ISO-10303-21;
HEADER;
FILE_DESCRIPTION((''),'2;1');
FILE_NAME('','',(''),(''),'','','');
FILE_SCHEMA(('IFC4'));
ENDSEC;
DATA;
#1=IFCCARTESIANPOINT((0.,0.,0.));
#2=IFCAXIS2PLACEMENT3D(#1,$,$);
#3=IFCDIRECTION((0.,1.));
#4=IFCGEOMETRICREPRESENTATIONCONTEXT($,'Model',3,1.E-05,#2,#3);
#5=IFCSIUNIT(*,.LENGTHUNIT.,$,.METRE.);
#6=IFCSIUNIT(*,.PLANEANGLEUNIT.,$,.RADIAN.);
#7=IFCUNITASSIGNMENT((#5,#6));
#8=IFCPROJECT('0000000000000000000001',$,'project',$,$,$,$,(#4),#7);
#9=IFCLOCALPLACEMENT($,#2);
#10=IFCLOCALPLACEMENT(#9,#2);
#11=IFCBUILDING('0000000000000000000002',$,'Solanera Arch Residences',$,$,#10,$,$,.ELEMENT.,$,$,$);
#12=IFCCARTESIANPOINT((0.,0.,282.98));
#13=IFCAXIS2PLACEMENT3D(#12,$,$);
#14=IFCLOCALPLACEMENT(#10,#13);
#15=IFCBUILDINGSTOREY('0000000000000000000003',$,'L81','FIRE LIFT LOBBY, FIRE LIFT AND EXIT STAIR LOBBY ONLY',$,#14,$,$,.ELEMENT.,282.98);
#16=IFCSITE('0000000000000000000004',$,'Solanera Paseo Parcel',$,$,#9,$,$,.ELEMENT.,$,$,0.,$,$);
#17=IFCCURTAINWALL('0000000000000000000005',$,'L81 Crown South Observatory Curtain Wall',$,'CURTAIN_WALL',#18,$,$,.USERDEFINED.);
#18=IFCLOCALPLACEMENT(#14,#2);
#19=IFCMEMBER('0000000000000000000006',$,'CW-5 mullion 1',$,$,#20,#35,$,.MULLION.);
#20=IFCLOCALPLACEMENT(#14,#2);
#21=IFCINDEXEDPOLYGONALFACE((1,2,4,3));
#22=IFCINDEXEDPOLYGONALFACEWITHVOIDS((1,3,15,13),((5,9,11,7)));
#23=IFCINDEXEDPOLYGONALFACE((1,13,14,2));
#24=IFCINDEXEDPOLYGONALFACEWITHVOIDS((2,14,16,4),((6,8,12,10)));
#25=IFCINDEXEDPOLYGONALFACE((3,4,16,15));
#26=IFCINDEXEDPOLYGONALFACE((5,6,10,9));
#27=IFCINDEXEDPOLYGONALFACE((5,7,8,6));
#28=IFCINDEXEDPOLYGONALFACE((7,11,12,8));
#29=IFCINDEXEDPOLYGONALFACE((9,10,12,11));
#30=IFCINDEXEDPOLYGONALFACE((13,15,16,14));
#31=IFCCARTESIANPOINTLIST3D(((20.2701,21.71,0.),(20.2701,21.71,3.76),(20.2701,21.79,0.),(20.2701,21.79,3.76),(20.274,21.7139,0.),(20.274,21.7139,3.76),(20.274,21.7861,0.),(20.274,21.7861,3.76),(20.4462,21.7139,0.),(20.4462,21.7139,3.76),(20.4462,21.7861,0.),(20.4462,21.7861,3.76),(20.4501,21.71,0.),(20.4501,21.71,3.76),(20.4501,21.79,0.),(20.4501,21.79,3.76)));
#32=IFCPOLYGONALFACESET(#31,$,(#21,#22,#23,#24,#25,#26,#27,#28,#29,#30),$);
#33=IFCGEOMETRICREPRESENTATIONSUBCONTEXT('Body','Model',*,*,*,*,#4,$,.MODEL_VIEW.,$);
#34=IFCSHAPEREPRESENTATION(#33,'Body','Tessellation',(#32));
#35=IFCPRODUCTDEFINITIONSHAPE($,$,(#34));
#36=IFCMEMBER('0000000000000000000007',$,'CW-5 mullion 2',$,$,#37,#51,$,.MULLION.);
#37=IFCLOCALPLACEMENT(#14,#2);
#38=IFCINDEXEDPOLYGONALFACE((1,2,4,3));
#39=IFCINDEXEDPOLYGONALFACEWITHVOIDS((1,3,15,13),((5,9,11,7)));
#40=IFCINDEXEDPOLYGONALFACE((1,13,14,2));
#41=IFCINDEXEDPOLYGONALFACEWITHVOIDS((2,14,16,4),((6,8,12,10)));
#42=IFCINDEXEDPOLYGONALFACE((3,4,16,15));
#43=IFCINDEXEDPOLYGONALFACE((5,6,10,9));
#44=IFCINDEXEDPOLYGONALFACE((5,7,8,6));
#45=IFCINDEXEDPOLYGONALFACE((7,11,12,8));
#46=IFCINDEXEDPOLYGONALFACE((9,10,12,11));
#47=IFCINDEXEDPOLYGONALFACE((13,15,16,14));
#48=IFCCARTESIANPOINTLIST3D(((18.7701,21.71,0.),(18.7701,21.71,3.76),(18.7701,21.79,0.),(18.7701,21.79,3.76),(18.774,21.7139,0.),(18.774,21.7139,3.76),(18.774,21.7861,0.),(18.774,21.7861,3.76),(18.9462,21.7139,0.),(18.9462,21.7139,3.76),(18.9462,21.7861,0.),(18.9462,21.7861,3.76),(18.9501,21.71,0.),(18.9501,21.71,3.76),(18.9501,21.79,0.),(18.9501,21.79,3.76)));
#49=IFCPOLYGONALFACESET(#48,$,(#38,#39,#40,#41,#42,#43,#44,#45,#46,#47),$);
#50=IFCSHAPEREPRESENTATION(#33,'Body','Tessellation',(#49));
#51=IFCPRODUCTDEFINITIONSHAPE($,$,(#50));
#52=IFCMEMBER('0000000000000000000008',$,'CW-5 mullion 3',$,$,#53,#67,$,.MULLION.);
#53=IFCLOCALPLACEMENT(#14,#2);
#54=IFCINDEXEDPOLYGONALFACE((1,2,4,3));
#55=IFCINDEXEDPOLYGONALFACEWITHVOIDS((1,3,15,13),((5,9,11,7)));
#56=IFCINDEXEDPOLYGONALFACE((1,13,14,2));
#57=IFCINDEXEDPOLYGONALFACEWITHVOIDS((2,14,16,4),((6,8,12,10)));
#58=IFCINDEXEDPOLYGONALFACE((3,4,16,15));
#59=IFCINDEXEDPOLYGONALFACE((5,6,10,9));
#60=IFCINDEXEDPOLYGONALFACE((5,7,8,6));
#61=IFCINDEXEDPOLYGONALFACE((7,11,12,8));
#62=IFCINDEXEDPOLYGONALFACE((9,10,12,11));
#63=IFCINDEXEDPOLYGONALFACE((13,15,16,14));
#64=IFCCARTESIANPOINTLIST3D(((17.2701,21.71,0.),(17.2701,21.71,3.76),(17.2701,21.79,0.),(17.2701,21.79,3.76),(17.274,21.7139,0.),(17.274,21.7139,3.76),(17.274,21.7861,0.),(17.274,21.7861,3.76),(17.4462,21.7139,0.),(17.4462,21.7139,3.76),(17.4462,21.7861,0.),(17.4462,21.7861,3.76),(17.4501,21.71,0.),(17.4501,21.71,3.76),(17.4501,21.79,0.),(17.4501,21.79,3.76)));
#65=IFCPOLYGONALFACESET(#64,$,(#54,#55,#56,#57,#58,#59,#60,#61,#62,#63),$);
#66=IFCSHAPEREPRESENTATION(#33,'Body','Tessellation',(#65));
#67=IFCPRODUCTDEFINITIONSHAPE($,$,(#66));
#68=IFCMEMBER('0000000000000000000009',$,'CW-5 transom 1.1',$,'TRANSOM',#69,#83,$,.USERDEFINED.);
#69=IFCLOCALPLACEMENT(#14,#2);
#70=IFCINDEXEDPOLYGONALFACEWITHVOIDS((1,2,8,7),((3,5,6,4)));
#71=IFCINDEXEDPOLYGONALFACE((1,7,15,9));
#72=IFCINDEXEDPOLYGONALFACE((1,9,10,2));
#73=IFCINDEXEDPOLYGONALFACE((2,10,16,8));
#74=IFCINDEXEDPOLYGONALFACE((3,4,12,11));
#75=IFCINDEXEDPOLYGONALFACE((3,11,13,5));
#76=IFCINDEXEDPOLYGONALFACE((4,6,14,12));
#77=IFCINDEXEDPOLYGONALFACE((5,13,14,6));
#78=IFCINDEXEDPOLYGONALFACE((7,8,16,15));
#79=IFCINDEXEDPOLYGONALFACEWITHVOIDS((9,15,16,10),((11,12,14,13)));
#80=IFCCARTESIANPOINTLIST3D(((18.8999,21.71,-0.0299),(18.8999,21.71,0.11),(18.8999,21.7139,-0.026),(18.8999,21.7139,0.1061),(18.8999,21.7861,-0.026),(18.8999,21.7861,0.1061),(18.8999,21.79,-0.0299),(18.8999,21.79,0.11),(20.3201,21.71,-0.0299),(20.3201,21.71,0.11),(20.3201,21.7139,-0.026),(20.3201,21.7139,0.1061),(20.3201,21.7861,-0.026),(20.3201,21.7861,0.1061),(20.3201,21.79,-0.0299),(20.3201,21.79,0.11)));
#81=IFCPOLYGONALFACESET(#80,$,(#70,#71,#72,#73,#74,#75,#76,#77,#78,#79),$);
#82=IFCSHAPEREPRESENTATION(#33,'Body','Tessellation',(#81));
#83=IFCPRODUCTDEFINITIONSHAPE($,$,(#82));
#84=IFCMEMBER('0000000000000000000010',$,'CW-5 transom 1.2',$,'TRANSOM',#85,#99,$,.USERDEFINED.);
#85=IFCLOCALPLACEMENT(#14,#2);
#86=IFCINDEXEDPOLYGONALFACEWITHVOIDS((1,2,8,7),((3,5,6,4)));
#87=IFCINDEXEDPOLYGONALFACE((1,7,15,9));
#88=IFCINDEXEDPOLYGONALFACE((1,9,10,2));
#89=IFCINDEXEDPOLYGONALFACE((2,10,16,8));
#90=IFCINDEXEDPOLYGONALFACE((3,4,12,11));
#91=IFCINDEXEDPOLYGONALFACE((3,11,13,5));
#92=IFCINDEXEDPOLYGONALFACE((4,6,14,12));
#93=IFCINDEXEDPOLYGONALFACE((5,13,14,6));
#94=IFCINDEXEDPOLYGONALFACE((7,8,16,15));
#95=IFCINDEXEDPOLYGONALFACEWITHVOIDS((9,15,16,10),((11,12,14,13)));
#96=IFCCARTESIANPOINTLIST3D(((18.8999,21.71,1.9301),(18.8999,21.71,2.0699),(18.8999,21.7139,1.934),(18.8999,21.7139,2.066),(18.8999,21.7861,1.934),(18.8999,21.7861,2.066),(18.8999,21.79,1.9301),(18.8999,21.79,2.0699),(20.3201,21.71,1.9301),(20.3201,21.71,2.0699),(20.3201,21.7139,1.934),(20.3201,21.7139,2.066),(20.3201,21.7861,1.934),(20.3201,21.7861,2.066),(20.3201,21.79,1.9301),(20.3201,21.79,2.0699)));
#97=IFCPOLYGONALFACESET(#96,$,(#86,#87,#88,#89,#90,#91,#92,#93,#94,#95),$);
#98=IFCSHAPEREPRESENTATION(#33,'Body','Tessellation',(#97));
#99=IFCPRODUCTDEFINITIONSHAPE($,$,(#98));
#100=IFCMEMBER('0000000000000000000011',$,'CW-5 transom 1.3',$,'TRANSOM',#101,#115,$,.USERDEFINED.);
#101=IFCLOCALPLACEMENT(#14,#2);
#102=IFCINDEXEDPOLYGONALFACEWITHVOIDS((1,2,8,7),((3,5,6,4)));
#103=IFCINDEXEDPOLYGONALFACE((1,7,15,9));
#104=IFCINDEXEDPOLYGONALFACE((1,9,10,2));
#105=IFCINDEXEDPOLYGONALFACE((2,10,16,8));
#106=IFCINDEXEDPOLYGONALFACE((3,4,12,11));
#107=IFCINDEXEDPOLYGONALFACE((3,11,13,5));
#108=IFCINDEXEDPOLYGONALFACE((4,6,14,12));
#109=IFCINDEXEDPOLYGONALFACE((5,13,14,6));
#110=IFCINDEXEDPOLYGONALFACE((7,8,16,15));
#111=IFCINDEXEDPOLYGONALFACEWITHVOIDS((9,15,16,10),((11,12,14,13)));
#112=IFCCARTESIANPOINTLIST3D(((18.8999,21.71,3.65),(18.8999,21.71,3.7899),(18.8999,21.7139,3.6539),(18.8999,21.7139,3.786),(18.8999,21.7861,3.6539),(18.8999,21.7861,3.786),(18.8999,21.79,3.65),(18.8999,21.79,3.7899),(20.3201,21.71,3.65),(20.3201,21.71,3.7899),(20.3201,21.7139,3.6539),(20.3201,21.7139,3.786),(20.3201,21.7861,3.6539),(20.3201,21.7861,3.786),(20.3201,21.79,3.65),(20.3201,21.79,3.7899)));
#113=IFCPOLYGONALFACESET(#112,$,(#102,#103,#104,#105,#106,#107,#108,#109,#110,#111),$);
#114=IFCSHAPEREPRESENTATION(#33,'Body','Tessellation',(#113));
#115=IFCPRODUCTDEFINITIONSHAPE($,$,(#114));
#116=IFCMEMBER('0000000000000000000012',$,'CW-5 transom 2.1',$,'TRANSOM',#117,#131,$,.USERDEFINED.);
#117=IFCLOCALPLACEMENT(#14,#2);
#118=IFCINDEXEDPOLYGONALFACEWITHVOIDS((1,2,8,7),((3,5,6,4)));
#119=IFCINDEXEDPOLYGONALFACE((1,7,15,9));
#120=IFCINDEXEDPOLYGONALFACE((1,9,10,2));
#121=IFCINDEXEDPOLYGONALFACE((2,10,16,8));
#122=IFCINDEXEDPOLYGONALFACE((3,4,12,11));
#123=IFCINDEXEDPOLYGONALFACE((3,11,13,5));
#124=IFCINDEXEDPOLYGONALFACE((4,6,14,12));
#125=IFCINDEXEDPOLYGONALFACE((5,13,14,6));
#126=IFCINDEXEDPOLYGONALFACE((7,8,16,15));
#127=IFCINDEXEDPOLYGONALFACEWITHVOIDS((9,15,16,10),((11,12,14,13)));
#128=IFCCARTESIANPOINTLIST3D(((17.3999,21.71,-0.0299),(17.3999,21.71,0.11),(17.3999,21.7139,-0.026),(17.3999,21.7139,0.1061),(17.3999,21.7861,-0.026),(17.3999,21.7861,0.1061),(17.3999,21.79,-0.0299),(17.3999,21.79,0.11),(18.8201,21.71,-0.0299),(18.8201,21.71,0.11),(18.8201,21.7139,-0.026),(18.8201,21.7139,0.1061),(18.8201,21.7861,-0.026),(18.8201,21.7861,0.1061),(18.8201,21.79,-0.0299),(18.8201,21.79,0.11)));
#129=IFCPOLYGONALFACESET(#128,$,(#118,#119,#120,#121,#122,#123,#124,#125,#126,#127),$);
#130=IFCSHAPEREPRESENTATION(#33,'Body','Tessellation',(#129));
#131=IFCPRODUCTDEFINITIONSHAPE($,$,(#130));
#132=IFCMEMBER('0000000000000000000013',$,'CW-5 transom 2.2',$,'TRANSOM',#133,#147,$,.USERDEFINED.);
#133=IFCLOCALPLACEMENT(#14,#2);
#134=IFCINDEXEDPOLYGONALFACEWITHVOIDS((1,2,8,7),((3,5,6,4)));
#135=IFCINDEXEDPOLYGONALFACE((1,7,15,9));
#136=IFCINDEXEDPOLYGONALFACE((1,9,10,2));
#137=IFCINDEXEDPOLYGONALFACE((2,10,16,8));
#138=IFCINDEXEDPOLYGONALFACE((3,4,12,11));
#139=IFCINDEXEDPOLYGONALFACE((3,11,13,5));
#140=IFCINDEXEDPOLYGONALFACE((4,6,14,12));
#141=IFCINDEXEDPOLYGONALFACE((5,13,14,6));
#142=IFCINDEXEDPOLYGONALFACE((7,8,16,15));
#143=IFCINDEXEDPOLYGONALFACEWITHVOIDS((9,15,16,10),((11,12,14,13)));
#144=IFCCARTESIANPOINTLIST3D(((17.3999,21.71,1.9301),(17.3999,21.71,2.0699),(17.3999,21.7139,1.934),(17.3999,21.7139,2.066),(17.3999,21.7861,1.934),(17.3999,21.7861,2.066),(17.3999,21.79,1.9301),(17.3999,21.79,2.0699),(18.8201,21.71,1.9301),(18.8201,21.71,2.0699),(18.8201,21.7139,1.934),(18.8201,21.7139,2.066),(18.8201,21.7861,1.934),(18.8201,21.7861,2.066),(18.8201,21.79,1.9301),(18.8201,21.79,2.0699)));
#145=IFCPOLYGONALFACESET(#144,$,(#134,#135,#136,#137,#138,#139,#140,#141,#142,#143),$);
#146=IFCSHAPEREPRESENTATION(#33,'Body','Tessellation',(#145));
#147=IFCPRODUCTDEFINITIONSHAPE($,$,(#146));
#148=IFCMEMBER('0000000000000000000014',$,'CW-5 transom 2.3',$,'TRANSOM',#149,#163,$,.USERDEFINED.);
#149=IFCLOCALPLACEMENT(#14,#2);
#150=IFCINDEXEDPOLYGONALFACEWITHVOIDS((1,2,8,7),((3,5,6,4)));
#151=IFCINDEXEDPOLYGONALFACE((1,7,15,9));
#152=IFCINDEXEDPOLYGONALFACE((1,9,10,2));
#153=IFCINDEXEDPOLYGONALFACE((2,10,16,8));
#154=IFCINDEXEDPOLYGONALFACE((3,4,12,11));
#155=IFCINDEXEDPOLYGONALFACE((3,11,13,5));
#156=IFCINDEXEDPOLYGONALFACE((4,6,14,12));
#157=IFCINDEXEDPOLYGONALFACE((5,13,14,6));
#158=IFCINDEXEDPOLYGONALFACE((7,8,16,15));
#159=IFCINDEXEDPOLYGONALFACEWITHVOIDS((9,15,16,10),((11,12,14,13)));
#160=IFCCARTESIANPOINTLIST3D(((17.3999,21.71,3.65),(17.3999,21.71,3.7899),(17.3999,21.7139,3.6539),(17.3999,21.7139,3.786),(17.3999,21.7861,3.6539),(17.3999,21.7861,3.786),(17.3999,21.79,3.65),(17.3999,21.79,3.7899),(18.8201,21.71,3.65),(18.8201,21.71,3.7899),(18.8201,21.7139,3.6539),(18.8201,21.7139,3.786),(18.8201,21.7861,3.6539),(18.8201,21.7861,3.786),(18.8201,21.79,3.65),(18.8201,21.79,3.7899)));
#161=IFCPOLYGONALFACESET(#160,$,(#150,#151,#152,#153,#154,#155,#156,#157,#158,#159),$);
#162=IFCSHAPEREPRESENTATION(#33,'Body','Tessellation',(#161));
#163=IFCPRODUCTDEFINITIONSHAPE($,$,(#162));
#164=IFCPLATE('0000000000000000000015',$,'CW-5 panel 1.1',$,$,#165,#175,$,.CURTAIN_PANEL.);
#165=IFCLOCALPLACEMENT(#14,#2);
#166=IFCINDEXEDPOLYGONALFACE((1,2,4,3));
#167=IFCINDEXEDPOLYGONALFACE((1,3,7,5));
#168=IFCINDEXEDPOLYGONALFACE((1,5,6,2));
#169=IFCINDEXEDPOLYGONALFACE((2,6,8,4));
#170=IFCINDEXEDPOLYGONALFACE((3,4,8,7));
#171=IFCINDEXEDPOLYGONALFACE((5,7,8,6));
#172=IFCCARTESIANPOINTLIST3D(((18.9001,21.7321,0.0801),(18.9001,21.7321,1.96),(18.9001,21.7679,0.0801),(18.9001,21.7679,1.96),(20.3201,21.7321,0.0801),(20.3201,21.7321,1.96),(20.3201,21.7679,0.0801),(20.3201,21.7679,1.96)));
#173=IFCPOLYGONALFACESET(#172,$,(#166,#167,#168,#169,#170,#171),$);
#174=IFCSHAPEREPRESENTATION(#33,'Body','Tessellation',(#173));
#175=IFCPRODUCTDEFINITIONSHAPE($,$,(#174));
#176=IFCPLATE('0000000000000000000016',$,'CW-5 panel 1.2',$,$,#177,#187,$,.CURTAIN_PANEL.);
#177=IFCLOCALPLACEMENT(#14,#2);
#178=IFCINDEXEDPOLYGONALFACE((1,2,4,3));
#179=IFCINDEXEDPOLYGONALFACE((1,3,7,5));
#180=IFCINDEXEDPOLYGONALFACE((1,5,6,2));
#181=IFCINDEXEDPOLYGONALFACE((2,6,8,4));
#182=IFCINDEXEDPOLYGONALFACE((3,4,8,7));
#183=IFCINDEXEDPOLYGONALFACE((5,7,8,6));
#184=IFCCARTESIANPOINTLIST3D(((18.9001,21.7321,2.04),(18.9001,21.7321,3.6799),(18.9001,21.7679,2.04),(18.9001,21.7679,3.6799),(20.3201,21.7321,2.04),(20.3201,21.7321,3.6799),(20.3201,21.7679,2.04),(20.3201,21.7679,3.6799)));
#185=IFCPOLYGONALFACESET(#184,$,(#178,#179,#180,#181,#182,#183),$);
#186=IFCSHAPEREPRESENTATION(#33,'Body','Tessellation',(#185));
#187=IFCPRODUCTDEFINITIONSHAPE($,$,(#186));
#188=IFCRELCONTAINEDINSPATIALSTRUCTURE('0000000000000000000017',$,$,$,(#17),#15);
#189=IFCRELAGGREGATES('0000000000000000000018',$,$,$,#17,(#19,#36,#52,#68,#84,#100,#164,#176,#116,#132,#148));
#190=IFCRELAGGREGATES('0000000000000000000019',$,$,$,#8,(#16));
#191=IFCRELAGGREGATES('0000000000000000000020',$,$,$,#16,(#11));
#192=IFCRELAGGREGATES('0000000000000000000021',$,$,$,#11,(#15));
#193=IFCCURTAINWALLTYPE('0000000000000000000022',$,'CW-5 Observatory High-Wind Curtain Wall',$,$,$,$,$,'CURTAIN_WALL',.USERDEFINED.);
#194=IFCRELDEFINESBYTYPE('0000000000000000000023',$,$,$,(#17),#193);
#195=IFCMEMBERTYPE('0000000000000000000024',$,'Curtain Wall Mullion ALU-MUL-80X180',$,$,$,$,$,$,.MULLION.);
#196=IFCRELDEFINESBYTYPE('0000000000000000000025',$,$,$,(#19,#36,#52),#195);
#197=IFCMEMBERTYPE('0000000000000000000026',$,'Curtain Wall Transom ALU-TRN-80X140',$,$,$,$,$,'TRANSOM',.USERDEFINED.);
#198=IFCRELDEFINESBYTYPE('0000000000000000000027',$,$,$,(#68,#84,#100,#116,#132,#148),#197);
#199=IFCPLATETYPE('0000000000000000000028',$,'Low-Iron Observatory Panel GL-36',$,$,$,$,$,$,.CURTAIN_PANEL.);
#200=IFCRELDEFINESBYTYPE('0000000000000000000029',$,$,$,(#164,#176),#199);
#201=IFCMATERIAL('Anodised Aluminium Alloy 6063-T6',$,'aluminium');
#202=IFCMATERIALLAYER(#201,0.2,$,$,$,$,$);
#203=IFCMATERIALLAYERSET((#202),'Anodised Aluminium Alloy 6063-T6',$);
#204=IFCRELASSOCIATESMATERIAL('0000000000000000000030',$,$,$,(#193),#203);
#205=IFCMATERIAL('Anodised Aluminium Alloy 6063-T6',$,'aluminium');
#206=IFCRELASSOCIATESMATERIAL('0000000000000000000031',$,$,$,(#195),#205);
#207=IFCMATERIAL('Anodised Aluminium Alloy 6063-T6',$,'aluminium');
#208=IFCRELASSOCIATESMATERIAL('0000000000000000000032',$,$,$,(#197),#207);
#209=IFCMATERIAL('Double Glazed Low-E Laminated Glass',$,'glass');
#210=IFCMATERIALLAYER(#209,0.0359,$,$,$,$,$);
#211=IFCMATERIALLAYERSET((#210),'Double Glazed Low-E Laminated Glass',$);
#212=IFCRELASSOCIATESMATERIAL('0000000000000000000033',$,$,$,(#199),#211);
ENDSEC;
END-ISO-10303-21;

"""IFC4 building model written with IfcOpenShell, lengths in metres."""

from ifc_helpers import new_model, si_unit, direction, frame, origin, origin_2d, place, context, subcontext, project, spatial, rectangle, hollow_rectangle, extrude, material, layer, layer_set, material_profile, profile_set, type_object, element, aggregate, save


model = new_model("IFC4")

# Units and contexts
model_context = context("Model", 3, precision=1e-05, world=origin(), true_north=direction((0.0, 1.0)))
body_context = subcontext(model_context, "Body", "Model", "MODEL_VIEW")
ifc_project = project(units=[si_unit("LENGTHUNIT", "METRE"), si_unit("PLANEANGLEUNIT", "RADIAN")], contexts=[model_context])

# Site, building, storey
site_placement = place(None, origin())
site = spatial("IfcSite", under=ifc_project, at=site_placement, Name="Solanera Paseo Parcel", CompositionType="ELEMENT", RefElevation=0.0)
building_placement = place(site_placement, origin())
building = spatial("IfcBuilding", under=site, at=building_placement, Name="Solanera Arch Residences", CompositionType="ELEMENT")
storey_placement = place(building_placement, frame((0.0, 0.0, 282.98)))
storey = spatial("IfcBuildingStorey", under=building, at=storey_placement, Name="L81", Description="FIRE LIFT LOBBY, FIRE LIFT AND EXIT STAIR LOBBY ONLY", CompositionType="ELEMENT", Elevation=282.98)

# Curtain wall, members, plates
ifc_material_1 = material(Name="Anodised Aluminium Alloy 6063-T6", Category="aluminium")
ifc_layer_1 = layer(ifc_material_1, 0.2)
ifc_layer_set_1 = layer_set([ifc_layer_1], Name="Anodised Aluminium Alloy 6063-T6")
curtain_wall_type = type_object("IfcCurtainWallType", Name="CW-5 Observatory High-Wind Curtain Wall", ElementType="CURTAIN_WALL", PredefinedType="USERDEFINED", material=ifc_layer_set_1)
curtain_wall_placement = place(storey_placement, origin())
curtain_wall = element("IfcCurtainWall", 1, at=curtain_wall_placement, inside=storey, type_object=curtain_wall_type, Name="L81 Crown South Observatory Curtain Wall", ObjectType="CURTAIN_WALL", PredefinedType="USERDEFINED")
ifc_material_2 = material(Name="Anodised Aluminium Alloy 6063-T6", Category="aluminium")
ifc_material_profile_1 = material_profile(ifc_material_2, hollow_rectangle(XDim=0.0801, YDim=0.1799, WallThickness=0.0039, at=origin_2d()))
ifc_profile_set_1 = profile_set([ifc_material_profile_1], Name="Anodised Aluminium Alloy 6063-T6")
member_type_1 = type_object("IfcMemberType", Name="Curtain Wall Mullion ALU-MUL-80X180", PredefinedType="MULLION", material=ifc_profile_set_1)
member_1_placement = place(storey_placement, frame((20.3601, 21.75, 0.0), z_axis=(0.0, 0.0, 1.0), x_axis=(0.0, -1.0, 0.0)))
member_1 = element("IfcMember", 2, at=member_1_placement, type_object=member_type_1, Name="CW-5 mullion 1", PredefinedType="MULLION", context=body_context, shape_type="SweptSolid", body=[
    extrude(hollow_rectangle(XDim=0.0801, YDim=0.1799, WallThickness=0.0039, at=origin_2d()), origin(), (0.0, 0.0, 1.0), 3.76),
])
member_2_placement = place(storey_placement, frame((18.8601, 21.75, 0.0), z_axis=(0.0, 0.0, 1.0), x_axis=(0.0, -1.0, 0.0)))
member_2 = element("IfcMember", 3, at=member_2_placement, type_object=member_type_1, Name="CW-5 mullion 2", PredefinedType="MULLION", context=body_context, shape_type="SweptSolid", body=[
    extrude(hollow_rectangle(XDim=0.0801, YDim=0.1799, WallThickness=0.0039, at=origin_2d()), origin(), (0.0, 0.0, 1.0), 3.76),
])
member_3_placement = place(storey_placement, frame((17.3601, 21.75, 0.0), z_axis=(0.0, 0.0, 1.0), x_axis=(0.0, -1.0, 0.0)))
member_3 = element("IfcMember", 4, at=member_3_placement, type_object=member_type_1, Name="CW-5 mullion 3", PredefinedType="MULLION", context=body_context, shape_type="SweptSolid", body=[
    extrude(hollow_rectangle(XDim=0.0801, YDim=0.1799, WallThickness=0.0039, at=origin_2d()), origin(), (0.0, 0.0, 1.0), 3.76),
])
ifc_material_3 = material(Name="Anodised Aluminium Alloy 6063-T6", Category="aluminium")
ifc_material_profile_2 = material_profile(ifc_material_3, hollow_rectangle(XDim=0.0801, YDim=0.1399, WallThickness=0.0039, at=origin_2d()))
ifc_profile_set_2 = profile_set([ifc_material_profile_2], Name="Anodised Aluminium Alloy 6063-T6")
member_type_2 = type_object("IfcMemberType", Name="Curtain Wall Transom ALU-TRN-80X140", ElementType="TRANSOM", PredefinedType="USERDEFINED", material=ifc_profile_set_2)
member_4_placement = place(storey_placement, frame((20.3201, 21.75, 0.04), z_axis=(-1.0, 0.0, 0.0), x_axis=(0.0, -1.0, 0.0)))
member_4 = element("IfcMember", 5, at=member_4_placement, type_object=member_type_2, Name="CW-5 transom 1.1", ObjectType="TRANSOM", PredefinedType="USERDEFINED", context=body_context, shape_type="SweptSolid", body=[
    extrude(hollow_rectangle(XDim=0.0801, YDim=0.1399, WallThickness=0.0039, at=origin_2d()), origin(), (0.0, 0.0, 1.0), 1.4202),
])
member_5_placement = place(storey_placement, frame((20.3201, 21.75, 2.0), z_axis=(-1.0, 0.0, 0.0), x_axis=(0.0, -1.0, 0.0)))
member_5 = element("IfcMember", 6, at=member_5_placement, type_object=member_type_2, Name="CW-5 transom 1.2", ObjectType="TRANSOM", PredefinedType="USERDEFINED", context=body_context, shape_type="SweptSolid", body=[
    extrude(hollow_rectangle(XDim=0.0801, YDim=0.1399, WallThickness=0.0039, at=origin_2d()), origin(), (0.0, 0.0, 1.0), 1.4202),
])
member_6_placement = place(storey_placement, frame((20.3201, 21.75, 3.72), z_axis=(-1.0, 0.0, 0.0), x_axis=(0.0, -1.0, 0.0)))
member_6 = element("IfcMember", 7, at=member_6_placement, type_object=member_type_2, Name="CW-5 transom 1.3", ObjectType="TRANSOM", PredefinedType="USERDEFINED", context=body_context, shape_type="SweptSolid", body=[
    extrude(hollow_rectangle(XDim=0.0801, YDim=0.1399, WallThickness=0.0039, at=origin_2d()), origin(), (0.0, 0.0, 1.0), 1.4202),
])
member_7_placement = place(storey_placement, frame((18.8201, 21.75, 0.04), z_axis=(-1.0, 0.0, 0.0), x_axis=(0.0, -1.0, 0.0)))
member_7 = element("IfcMember", 8, at=member_7_placement, type_object=member_type_2, Name="CW-5 transom 2.1", ObjectType="TRANSOM", PredefinedType="USERDEFINED", context=body_context, shape_type="SweptSolid", body=[
    extrude(hollow_rectangle(XDim=0.0801, YDim=0.1399, WallThickness=0.0039, at=origin_2d()), origin(), (0.0, 0.0, 1.0), 1.4202),
])
member_8_placement = place(storey_placement, frame((18.8201, 21.75, 2.0), z_axis=(-1.0, 0.0, 0.0), x_axis=(0.0, -1.0, 0.0)))
member_8 = element("IfcMember", 9, at=member_8_placement, type_object=member_type_2, Name="CW-5 transom 2.2", ObjectType="TRANSOM", PredefinedType="USERDEFINED", context=body_context, shape_type="SweptSolid", body=[
    extrude(hollow_rectangle(XDim=0.0801, YDim=0.1399, WallThickness=0.0039, at=origin_2d()), origin(), (0.0, 0.0, 1.0), 1.4202),
])
member_9_placement = place(storey_placement, frame((18.8201, 21.75, 3.72), z_axis=(-1.0, 0.0, 0.0), x_axis=(0.0, -1.0, 0.0)))
member_9 = element("IfcMember", 10, at=member_9_placement, type_object=member_type_2, Name="CW-5 transom 2.3", ObjectType="TRANSOM", PredefinedType="USERDEFINED", context=body_context, shape_type="SweptSolid", body=[
    extrude(hollow_rectangle(XDim=0.0801, YDim=0.1399, WallThickness=0.0039, at=origin_2d()), origin(), (0.0, 0.0, 1.0), 1.4202),
])
ifc_material_4 = material(Name="Double Glazed Low-E Laminated Glass", Category="glass")
ifc_layer_2 = layer(ifc_material_4, 0.0359)
ifc_layer_set_2 = layer_set([ifc_layer_2], Name="Double Glazed Low-E Laminated Glass")
plate_type = type_object("IfcPlateType", Name="Low-Iron Observatory Panel GL-36", PredefinedType="CURTAIN_PANEL", material=ifc_layer_set_2)
plate_1_placement = place(storey_placement, frame((19.6101, 21.75, 0.0801), z_axis=(0.0, 0.0, 1.0), x_axis=(-1.0, 0.0, 0.0)))
plate_1 = element("IfcPlate", 11, at=plate_1_placement, type_object=plate_type, Name="CW-5 panel 1.1", PredefinedType="CURTAIN_PANEL", context=body_context, shape_type="SweptSolid", body=[
    extrude(rectangle(XDim=1.4199, YDim=0.0359, at=origin_2d()), origin(), (0.0, 0.0, 1.0), 1.8799),
])
plate_2_placement = place(storey_placement, frame((19.6101, 21.75, 2.04), z_axis=(0.0, 0.0, 1.0), x_axis=(-1.0, 0.0, 0.0)))
plate_2 = element("IfcPlate", 12, at=plate_2_placement, type_object=plate_type, Name="CW-5 panel 1.2", PredefinedType="CURTAIN_PANEL", context=body_context, shape_type="SweptSolid", body=[
    extrude(rectangle(XDim=1.4199, YDim=0.0359, at=origin_2d()), origin(), (0.0, 0.0, 1.0), 1.6399),
])
aggregate(curtain_wall, [member_1, member_2, member_3, member_4, member_5, member_6, plate_1, plate_2, member_7, member_8, member_9])

save(model, "model.ifc")
